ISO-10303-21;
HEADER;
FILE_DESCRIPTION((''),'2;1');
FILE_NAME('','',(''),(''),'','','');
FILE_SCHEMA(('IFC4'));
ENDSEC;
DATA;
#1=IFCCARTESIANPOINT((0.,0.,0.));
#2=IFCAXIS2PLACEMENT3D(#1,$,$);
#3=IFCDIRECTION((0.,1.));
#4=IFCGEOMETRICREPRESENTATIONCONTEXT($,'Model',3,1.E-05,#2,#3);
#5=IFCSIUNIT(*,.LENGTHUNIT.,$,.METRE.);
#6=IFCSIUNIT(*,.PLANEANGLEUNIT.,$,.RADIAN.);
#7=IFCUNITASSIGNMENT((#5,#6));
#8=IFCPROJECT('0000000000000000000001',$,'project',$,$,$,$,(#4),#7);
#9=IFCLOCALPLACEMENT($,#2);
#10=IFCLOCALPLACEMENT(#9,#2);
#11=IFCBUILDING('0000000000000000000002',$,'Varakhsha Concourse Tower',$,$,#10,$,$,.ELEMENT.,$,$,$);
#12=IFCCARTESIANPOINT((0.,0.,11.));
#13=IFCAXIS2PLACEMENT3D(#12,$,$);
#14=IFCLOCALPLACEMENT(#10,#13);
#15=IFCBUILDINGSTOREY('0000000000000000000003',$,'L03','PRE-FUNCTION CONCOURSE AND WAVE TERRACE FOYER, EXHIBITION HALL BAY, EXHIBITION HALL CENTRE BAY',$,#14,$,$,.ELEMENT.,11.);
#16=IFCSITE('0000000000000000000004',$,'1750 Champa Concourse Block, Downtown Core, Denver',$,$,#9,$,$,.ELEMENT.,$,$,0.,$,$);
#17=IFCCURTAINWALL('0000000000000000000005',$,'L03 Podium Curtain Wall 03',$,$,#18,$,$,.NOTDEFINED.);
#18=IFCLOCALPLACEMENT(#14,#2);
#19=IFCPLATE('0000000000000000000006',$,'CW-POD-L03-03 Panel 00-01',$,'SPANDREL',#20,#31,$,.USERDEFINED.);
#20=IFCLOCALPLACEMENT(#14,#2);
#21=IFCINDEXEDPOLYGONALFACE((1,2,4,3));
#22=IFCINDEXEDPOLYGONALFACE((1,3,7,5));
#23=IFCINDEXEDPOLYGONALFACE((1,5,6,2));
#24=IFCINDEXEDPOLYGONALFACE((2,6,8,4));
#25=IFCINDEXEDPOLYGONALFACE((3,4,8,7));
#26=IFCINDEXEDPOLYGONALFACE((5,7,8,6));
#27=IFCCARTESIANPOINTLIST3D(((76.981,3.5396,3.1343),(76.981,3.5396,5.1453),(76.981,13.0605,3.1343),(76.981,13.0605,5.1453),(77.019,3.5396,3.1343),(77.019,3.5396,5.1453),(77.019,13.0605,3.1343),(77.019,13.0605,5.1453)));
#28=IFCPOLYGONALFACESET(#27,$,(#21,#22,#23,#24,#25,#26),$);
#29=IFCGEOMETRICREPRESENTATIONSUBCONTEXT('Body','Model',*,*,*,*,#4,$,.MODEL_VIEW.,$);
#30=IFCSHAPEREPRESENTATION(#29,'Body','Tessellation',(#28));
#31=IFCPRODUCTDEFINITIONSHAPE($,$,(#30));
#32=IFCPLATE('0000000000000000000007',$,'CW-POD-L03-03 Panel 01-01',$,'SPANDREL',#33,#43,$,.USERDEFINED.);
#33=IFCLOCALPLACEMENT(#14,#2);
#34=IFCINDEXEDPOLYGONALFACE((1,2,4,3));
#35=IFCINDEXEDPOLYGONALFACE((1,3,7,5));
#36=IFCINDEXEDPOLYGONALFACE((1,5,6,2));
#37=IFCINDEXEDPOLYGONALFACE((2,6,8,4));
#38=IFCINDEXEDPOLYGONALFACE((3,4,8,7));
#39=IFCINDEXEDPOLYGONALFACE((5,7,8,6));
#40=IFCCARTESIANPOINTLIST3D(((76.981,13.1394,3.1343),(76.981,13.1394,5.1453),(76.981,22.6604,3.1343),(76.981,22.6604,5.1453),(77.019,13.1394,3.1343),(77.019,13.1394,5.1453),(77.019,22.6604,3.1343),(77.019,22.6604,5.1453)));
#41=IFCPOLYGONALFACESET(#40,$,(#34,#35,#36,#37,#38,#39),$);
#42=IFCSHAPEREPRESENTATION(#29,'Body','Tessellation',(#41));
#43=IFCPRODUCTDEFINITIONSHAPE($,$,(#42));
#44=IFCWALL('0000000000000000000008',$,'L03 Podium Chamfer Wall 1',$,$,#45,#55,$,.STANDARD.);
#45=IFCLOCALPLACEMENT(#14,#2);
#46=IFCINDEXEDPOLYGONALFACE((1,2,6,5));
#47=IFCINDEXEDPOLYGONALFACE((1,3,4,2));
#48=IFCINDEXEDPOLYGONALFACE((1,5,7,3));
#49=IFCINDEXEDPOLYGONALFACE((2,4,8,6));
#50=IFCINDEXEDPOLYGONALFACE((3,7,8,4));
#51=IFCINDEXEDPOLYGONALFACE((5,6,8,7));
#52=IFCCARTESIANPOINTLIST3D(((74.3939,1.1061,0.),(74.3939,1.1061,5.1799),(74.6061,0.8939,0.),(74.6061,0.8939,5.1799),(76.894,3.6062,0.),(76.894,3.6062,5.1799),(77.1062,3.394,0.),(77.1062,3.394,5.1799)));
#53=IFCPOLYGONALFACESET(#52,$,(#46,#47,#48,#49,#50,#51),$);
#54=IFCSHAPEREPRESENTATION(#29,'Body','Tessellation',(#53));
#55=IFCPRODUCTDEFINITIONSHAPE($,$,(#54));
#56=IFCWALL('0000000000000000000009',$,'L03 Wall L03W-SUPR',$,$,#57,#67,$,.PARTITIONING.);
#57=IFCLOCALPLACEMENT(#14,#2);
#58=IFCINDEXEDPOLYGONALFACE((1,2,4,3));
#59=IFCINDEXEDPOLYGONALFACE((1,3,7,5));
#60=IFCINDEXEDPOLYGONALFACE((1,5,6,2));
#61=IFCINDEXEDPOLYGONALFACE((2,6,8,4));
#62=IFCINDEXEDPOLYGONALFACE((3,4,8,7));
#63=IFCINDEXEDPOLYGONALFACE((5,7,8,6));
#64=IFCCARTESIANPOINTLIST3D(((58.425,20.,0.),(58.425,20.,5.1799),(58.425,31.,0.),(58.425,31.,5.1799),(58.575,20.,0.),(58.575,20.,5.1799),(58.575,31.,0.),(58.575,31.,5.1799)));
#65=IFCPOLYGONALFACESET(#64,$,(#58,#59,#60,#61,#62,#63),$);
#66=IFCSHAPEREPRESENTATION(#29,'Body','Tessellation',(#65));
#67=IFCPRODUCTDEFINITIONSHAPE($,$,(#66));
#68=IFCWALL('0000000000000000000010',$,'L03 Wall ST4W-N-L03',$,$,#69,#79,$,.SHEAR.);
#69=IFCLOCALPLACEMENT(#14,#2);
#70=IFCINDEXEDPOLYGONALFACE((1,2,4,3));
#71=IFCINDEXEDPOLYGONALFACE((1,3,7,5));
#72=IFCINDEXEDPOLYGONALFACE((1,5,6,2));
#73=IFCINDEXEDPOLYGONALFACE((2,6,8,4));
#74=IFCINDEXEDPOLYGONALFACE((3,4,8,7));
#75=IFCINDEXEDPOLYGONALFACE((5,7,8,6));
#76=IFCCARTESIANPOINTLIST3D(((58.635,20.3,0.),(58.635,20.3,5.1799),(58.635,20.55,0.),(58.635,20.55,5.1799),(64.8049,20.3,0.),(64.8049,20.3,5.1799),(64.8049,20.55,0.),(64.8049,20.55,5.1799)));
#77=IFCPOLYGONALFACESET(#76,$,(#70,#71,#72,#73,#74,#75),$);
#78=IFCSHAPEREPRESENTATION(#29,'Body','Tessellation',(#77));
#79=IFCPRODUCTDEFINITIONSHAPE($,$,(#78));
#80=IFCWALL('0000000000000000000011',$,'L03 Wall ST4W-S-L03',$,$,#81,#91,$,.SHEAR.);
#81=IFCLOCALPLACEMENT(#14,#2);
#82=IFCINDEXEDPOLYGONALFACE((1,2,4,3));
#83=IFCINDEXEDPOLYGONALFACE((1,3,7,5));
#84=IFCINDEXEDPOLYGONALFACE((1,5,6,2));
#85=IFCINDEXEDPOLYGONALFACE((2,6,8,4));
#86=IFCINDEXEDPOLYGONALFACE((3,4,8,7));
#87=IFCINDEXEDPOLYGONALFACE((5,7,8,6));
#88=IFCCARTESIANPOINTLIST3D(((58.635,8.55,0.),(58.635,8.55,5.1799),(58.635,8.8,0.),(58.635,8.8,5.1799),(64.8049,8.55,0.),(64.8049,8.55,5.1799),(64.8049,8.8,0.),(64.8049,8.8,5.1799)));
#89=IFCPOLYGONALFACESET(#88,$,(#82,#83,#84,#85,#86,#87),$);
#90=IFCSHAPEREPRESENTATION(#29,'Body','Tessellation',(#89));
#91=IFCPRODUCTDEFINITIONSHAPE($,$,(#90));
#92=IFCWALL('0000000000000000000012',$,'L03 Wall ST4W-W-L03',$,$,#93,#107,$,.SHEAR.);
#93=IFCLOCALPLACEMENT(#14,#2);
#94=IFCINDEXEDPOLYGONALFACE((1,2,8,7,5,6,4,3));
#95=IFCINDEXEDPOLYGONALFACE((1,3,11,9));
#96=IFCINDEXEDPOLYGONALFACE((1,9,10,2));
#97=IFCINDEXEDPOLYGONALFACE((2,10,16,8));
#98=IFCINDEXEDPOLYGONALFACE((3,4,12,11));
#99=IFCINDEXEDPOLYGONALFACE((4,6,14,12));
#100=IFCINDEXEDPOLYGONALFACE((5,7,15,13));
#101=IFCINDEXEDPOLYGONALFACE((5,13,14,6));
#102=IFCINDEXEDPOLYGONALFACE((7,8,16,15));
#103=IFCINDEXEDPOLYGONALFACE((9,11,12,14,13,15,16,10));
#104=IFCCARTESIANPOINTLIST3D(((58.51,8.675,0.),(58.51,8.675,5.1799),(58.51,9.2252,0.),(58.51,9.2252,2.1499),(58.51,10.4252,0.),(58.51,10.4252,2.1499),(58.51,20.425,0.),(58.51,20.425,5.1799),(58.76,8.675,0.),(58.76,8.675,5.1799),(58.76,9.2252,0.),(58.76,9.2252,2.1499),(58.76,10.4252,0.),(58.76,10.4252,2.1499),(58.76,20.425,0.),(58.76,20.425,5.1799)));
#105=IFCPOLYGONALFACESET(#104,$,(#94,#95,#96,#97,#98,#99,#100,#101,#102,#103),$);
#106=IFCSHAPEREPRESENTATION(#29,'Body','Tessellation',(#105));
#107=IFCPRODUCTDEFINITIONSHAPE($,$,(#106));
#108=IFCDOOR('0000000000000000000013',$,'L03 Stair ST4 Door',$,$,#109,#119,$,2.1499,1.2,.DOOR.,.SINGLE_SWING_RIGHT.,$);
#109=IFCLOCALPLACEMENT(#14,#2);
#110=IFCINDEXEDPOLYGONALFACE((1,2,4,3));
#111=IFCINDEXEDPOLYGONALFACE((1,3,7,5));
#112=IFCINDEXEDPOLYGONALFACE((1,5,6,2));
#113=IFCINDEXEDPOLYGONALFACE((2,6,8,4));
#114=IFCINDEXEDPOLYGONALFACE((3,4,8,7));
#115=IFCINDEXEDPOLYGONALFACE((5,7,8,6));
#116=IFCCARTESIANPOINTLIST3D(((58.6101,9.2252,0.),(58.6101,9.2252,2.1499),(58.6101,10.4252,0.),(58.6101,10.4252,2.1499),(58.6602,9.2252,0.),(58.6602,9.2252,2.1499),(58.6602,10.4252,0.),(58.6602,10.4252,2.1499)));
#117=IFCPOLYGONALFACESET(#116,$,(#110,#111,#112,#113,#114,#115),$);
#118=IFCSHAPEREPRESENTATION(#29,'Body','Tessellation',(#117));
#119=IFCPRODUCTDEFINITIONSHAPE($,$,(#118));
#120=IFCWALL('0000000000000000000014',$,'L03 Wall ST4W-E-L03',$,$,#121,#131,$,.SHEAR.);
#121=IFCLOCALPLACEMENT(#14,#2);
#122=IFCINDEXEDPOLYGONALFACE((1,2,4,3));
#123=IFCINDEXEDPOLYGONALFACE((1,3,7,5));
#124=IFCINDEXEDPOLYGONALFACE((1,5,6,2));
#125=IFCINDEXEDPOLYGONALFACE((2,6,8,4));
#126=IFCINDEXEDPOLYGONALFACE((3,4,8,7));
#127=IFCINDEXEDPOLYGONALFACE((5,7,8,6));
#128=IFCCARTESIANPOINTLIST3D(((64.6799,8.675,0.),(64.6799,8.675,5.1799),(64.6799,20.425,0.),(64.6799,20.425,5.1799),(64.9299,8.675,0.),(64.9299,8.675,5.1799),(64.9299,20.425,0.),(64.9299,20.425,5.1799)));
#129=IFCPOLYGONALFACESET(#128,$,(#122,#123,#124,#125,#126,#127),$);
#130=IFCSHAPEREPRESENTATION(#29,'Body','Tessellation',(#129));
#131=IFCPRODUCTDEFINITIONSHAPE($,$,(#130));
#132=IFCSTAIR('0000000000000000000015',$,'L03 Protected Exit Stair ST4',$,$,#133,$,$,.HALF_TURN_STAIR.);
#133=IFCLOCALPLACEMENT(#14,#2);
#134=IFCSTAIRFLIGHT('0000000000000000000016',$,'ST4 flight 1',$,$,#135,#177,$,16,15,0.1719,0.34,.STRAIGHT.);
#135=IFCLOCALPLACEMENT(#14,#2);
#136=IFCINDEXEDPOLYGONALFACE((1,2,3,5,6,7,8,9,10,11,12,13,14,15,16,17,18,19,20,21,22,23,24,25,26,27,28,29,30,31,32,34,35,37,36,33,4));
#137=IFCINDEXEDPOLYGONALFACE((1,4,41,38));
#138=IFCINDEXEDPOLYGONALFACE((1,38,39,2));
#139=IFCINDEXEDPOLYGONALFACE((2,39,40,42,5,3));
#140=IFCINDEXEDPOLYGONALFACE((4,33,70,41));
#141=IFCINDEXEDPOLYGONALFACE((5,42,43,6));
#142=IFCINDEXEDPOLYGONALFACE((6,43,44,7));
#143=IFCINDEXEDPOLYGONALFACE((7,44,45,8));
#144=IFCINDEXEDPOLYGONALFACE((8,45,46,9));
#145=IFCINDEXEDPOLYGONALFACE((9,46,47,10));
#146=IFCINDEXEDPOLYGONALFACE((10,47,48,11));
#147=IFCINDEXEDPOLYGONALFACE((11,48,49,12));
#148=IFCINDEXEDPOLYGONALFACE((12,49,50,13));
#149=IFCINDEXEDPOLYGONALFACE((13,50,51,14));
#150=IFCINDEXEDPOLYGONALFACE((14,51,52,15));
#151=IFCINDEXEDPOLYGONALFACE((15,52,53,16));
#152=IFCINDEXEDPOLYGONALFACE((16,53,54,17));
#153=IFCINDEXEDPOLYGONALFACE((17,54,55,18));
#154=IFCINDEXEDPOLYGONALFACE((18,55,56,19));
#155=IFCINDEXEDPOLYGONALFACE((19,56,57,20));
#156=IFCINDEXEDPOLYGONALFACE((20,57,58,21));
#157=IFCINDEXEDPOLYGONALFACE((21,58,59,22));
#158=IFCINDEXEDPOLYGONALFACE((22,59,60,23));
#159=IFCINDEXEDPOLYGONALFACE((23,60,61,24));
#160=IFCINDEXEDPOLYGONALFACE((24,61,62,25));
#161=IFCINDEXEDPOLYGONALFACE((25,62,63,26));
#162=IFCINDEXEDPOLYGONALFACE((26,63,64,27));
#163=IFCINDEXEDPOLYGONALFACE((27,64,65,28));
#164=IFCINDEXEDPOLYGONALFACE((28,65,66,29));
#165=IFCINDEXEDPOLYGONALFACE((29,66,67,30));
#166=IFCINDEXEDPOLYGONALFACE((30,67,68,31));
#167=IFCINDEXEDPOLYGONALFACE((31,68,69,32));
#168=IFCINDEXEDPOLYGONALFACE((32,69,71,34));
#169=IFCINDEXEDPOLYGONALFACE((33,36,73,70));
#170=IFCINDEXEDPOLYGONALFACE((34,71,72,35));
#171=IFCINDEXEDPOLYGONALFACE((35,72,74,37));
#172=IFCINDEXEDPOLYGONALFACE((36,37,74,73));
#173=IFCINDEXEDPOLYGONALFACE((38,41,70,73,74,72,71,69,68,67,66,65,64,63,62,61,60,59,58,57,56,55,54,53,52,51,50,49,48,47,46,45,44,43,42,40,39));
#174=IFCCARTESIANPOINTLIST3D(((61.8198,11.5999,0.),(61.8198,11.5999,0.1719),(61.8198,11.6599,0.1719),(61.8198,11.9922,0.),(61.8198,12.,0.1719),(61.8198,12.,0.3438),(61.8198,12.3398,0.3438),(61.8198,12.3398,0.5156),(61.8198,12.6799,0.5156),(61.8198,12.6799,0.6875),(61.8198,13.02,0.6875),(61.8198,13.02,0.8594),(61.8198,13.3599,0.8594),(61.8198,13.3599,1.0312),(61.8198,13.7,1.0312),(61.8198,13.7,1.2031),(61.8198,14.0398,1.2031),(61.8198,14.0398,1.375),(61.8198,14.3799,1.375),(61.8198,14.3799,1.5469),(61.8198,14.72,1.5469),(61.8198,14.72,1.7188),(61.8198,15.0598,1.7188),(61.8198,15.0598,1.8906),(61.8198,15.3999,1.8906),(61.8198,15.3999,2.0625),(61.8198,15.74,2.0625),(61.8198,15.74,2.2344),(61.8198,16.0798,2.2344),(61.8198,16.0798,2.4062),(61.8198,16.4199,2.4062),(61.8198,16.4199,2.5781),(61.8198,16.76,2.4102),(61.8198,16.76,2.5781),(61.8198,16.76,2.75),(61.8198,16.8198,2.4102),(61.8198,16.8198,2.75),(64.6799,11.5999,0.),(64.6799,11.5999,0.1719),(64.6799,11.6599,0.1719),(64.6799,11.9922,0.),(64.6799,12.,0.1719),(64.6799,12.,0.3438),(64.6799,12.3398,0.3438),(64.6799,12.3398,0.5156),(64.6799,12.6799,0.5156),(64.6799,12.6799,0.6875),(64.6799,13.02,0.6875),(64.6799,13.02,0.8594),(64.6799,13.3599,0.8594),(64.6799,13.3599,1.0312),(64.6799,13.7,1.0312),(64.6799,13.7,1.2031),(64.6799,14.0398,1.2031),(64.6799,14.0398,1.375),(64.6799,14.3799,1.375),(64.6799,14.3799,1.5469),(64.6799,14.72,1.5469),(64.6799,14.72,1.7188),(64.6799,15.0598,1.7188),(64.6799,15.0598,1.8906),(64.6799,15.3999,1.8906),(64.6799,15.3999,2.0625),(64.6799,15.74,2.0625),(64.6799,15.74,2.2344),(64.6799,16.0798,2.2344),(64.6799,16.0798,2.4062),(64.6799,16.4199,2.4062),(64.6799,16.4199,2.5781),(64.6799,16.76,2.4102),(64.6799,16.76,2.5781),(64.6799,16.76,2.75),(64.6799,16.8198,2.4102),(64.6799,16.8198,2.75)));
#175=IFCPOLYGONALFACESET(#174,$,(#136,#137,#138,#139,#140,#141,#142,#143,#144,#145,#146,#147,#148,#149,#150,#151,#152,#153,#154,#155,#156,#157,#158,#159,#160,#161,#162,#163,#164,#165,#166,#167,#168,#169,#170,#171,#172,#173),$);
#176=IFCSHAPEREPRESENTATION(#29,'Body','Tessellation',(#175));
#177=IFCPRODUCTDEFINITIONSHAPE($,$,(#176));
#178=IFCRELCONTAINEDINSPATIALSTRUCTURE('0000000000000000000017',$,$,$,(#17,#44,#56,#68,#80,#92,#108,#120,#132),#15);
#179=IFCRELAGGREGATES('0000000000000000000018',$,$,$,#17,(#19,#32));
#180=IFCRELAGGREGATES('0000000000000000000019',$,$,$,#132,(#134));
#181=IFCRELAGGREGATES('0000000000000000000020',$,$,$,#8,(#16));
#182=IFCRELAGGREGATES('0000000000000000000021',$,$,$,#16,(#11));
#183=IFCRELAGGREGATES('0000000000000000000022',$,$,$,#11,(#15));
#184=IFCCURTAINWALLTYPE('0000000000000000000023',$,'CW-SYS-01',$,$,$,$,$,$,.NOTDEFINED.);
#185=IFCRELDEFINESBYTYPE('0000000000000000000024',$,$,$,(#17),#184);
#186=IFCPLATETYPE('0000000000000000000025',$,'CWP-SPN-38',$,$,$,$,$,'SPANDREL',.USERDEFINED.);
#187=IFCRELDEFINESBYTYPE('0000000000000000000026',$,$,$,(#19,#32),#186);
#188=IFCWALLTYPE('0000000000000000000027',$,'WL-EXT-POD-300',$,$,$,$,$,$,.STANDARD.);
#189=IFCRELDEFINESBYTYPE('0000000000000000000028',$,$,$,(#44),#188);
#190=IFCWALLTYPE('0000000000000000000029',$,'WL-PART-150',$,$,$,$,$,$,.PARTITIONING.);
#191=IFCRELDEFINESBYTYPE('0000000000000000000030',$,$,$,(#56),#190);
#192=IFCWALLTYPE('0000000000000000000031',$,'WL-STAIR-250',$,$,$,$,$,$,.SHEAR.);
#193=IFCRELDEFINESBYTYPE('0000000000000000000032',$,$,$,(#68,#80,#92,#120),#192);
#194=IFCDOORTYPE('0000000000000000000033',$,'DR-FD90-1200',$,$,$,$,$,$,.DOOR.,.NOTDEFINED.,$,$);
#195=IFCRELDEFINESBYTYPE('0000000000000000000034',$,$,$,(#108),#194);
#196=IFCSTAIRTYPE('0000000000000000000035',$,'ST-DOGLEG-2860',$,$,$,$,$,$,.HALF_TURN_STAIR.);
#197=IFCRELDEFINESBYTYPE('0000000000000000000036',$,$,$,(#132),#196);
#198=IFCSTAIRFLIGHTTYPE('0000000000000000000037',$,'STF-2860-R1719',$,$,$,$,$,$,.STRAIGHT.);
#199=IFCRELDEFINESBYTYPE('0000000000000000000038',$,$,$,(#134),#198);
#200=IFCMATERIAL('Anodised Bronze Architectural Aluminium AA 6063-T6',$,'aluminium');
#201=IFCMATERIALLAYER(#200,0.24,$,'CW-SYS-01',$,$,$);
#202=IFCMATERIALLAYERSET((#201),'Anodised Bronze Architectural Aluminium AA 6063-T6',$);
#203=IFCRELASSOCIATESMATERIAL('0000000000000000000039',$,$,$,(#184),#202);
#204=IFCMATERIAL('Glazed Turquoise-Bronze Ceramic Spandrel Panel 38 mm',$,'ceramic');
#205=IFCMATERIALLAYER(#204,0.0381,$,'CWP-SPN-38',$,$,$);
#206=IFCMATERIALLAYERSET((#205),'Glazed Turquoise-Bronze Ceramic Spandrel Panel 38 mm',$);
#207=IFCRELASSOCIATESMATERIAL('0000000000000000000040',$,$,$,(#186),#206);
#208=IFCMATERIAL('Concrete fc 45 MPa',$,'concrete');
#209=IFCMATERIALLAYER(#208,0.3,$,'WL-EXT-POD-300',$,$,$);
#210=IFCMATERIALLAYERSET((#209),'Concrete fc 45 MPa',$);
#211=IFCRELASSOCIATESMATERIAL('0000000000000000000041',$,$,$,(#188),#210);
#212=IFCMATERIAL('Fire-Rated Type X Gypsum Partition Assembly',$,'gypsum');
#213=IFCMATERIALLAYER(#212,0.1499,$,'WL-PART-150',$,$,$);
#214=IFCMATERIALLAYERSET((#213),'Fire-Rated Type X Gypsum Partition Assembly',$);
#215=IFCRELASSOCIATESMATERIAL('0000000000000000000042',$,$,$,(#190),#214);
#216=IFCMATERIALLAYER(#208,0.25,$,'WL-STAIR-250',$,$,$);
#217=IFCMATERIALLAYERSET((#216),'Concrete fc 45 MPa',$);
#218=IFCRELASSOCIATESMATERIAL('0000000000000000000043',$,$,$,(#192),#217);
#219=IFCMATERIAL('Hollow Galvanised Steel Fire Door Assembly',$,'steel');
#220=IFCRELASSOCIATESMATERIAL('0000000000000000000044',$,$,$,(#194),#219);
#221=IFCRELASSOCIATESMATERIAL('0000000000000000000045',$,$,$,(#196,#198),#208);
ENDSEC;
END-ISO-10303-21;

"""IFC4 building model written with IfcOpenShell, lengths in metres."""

from ifc_helpers import new_model, si_unit, direction, frame, frame_2d, origin, origin_2d, place, context, subcontext, project, spatial, polyline, rectangle, outline, extrude, source, transform, mapped, material, layer, layer_set, type_object, type_shapes, element, fill, aggregate, save


model = new_model("IFC4")

# Units and contexts
model_context = context("Model", 3, precision=1e-05, world=origin(), true_north=direction((0.0, 1.0)))
body_context = subcontext(model_context, "Body", "Model", "MODEL_VIEW")
ifc_project = project(units=[si_unit("LENGTHUNIT", "METRE"), si_unit("PLANEANGLEUNIT", "RADIAN")], contexts=[model_context])

# Site, building, storey
site_placement = place(None, origin())
site = spatial("IfcSite", under=ifc_project, at=site_placement, Name="1750 Champa Concourse Block, Downtown Core, Denver", CompositionType="ELEMENT", RefElevation=0.0)
building_placement = place(site_placement, origin())
building = spatial("IfcBuilding", under=site, at=building_placement, Name="Varakhsha Concourse Tower", CompositionType="ELEMENT")
storey_placement = place(building_placement, frame((0.0, 0.0, 11.0)))
storey = spatial("IfcBuildingStorey", under=building, at=storey_placement, Name="L03", Description="PRE-FUNCTION CONCOURSE AND WAVE TERRACE FOYER, EXHIBITION HALL BAY, EXHIBITION HALL CENTRE BAY", CompositionType="ELEMENT", Elevation=11.0)

# Curtain wall, plates
ifc_material_1 = material(Name="Anodised Bronze Architectural Aluminium AA 6063-T6", Category="aluminium")
ifc_layer_1 = layer(ifc_material_1, 0.24, Name="CW-SYS-01")
ifc_layer_set_1 = layer_set([ifc_layer_1], Name="Anodised Bronze Architectural Aluminium AA 6063-T6")
curtain_wall_type = type_object("IfcCurtainWallType", Name="CW-SYS-01", PredefinedType="NOTDEFINED", material=ifc_layer_set_1)
curtain_wall_placement = place(storey_placement, origin())
curtain_wall = element("IfcCurtainWall", 1, at=curtain_wall_placement, inside=storey, type_object=curtain_wall_type, Name="L03 Podium Curtain Wall 03", PredefinedType="NOTDEFINED")
ifc_material_2 = material(Name="Glazed Turquoise-Bronze Ceramic Spandrel Panel 38 mm", Category="ceramic")
ifc_layer_2 = layer(ifc_material_2, 0.0381, Name="CWP-SPN-38")
ifc_layer_set_2 = layer_set([ifc_layer_2], Name="Glazed Turquoise-Bronze Ceramic Spandrel Panel 38 mm")
plate_type_1 = type_object("IfcPlateType", Name="CWP-SPN-38", ElementType="SPANDREL", PredefinedType="USERDEFINED", material=ifc_layer_set_2)
shared_shape_1 = source(origin(), body_context, "Body", "SweptSolid", [
    extrude(rectangle(XDim=9.521, YDim=0.0381, at=origin_2d()), origin(), (0.0, 0.0, 1.0), 2.011),
])
type_shapes(plate_type_1, [shared_shape_1])
plate_1_placement = place(storey_placement, frame((77.0, 8.3, 3.1343), z_axis=(0.0, 0.0, 1.0), x_axis=(0.0, 1.0, 0.0)))
plate_1 = element("IfcPlate", 2, at=plate_1_placement, type_object=plate_type_1, Name="CW-POD-L03-03 Panel 00-01", ObjectType="SPANDREL", PredefinedType="USERDEFINED", context=body_context, shape_type="MappedRepresentation", body=[
    mapped(shared_shape_1, transform((0.0, 0.0, 0.0), scale=1.0)),
])
plate_2_placement = place(storey_placement, frame((77.0, 17.8999, 3.1343), z_axis=(0.0, 0.0, 1.0), x_axis=(0.0, 1.0, 0.0)))
plate_2 = element("IfcPlate", 3, at=plate_2_placement, type_object=plate_type_1, Name="CW-POD-L03-03 Panel 01-01", ObjectType="SPANDREL", PredefinedType="USERDEFINED", context=body_context, shape_type="MappedRepresentation", body=[
    mapped(shared_shape_1, transform((0.0, 0.0, 0.0), scale=1.0)),
])
aggregate(curtain_wall, [plate_1, plate_2])

# Walls
ifc_material_3 = material(Name="Concrete fc 45 MPa", Category="concrete")
ifc_layer_3 = layer(ifc_material_3, 0.3, Name="WL-EXT-POD-300")
ifc_layer_set_3 = layer_set([ifc_layer_3], Name="Concrete fc 45 MPa")
wall_type_1 = type_object("IfcWallType", Name="WL-EXT-POD-300", PredefinedType="STANDARD", material=ifc_layer_set_3)
wall_1_placement = place(storey_placement, frame((74.5, 1.0, 0.0), z_axis=(0.0, 0.0, 1.0), x_axis=(0.707107, 0.707107, 0.0)))
element("IfcWall", 4, at=wall_1_placement, inside=storey, type_object=wall_type_1, Name="L03 Podium Chamfer Wall 1", PredefinedType="STANDARD", context=body_context, shape_type="SweptSolid", body=[
    extrude(rectangle(XDim=3.5356, YDim=0.3, at=frame_2d((1.7678, 0.0))), origin(), (0.0, 0.0, 1.0), 5.1799),
])
ifc_material_4 = material(Name="Fire-Rated Type X Gypsum Partition Assembly", Category="gypsum")
ifc_layer_4 = layer(ifc_material_4, 0.1499, Name="WL-PART-150")
ifc_layer_set_4 = layer_set([ifc_layer_4], Name="Fire-Rated Type X Gypsum Partition Assembly")
wall_type_2 = type_object("IfcWallType", Name="WL-PART-150", PredefinedType="PARTITIONING", material=ifc_layer_set_4)
wall_2_placement = place(storey_placement, frame((58.5, 20.0, 0.0), z_axis=(0.0, 0.0, 1.0), x_axis=(0.0, 1.0, 0.0)))
element("IfcWall", 5, at=wall_2_placement, inside=storey, type_object=wall_type_2, Name="L03 Wall L03W-SUPR", PredefinedType="PARTITIONING", context=body_context, shape_type="SweptSolid", body=[
    extrude(rectangle(XDim=11.0, YDim=0.1499, at=frame_2d((5.5, 0.0))), origin(), (0.0, 0.0, 1.0), 5.1799),
])
ifc_layer_5 = layer(ifc_material_3, 0.25, Name="WL-STAIR-250")
ifc_layer_set_5 = layer_set([ifc_layer_5], Name="Concrete fc 45 MPa")
wall_type_3 = type_object("IfcWallType", Name="WL-STAIR-250", PredefinedType="SHEAR", material=ifc_layer_set_5)
for number, where, z_axis, x_axis, name in (
    (6, (58.635, 20.425, 0.0), (0.0, 0.0, 1.0), (1.0, 0.0, 0.0), "L03 Wall ST4W-N-L03"),
    (7, (58.635, 8.675, 0.0), (0.0, 0.0, 1.0), (1.0, 0.0, 0.0), "L03 Wall ST4W-S-L03"),
):
    element("IfcWall", number, at=place(storey_placement, frame(where, z_axis=z_axis, x_axis=x_axis)), inside=storey, type_object=wall_type_3, Name=name, PredefinedType="SHEAR", context=body_context, shape_type="SweptSolid", body=[
        extrude(rectangle(XDim=6.1699, YDim=0.25, at=frame_2d((3.085, 0.0))), origin(), (0.0, 0.0, 1.0), 5.1799),
    ])

# Wall, opening, door
wall_3_placement = place(storey_placement, frame((58.635, 8.675, 0.0), z_axis=(0.0, 0.0, 1.0), x_axis=(0.0, 1.0, 0.0)))
wall_3 = element("IfcWall", 8, at=wall_3_placement, inside=storey, type_object=wall_type_3, Name="L03 Wall ST4W-W-L03", PredefinedType="SHEAR", context=body_context, shape_type="SweptSolid", body=[
    extrude(rectangle(XDim=11.75, YDim=0.25, at=frame_2d((5.875, 0.0))), origin(), (0.0, 0.0, 1.0), 5.1799),
])
opening_placement = place(wall_3_placement, frame((0.55, 0.0, 0.0)))
opening = element("IfcOpeningElement", 9, at=opening_placement, cuts=wall_3, PredefinedType="OPENING", context=body_context, shape_type="SweptSolid", body=[
    extrude(rectangle(XDim=1.2, YDim=2.1499, at=frame_2d((0.6001, 1.075))), frame((0.0, 0.135, 0.0), z_axis=(0.0, -1.0, 0.0), x_axis=(1.0, 0.0, 0.0)), (0.0, 0.0, 1.0), 0.27),
])
ifc_material_5 = material(Name="Hollow Galvanised Steel Fire Door Assembly", Category="steel")
door_type = type_object("IfcDoorType", Name="DR-FD90-1200", OperationType="NOTDEFINED", PredefinedType="DOOR", material=ifc_material_5)
door_placement = place(opening_placement, origin())
door = element("IfcDoor", 10, at=door_placement, inside=storey, type_object=door_type, Name="L03 Stair ST4 Door", OperationType="SINGLE_SWING_RIGHT", OverallHeight=2.1499, OverallWidth=1.2, PredefinedType="DOOR", context=body_context, shape_type="SweptSolid", body=[
    extrude(rectangle(XDim=1.2, YDim=2.1499, at=frame_2d((0.6001, 1.075))), frame((0.0, 0.0249, 0.0), z_axis=(0.0, -1.0, 0.0), x_axis=(1.0, 0.0, 0.0)), (0.0, 0.0, 1.0), 0.05),
])
fill(opening, door)

# Wall
wall_4_placement = place(storey_placement, frame((64.8049, 8.675, 0.0), z_axis=(0.0, 0.0, 1.0), x_axis=(0.0, 1.0, 0.0)))
element("IfcWall", 11, at=wall_4_placement, inside=storey, type_object=wall_type_3, Name="L03 Wall ST4W-E-L03", PredefinedType="SHEAR", context=body_context, shape_type="SweptSolid", body=[
    extrude(rectangle(XDim=11.75, YDim=0.25, at=frame_2d((5.875, 0.0))), origin(), (0.0, 0.0, 1.0), 5.1799),
])

# Stair, stair flight
stair_type = type_object("IfcStairType", Name="ST-DOGLEG-2860", PredefinedType="HALF_TURN_STAIR", material=ifc_material_3)
stair_placement = place(storey_placement, origin())
stair = element("IfcStair", 12, at=stair_placement, inside=storey, type_object=stair_type, Name="L03 Protected Exit Stair ST4", PredefinedType="HALF_TURN_STAIR")
stair_flight_type = type_object("IfcStairFlightType", Name="STF-2860-R1719", PredefinedType="STRAIGHT", material=ifc_material_3)
stair_flight_1_placement = place(storey_placement, frame((63.25, 11.6599, 0.0), z_axis=(0.0, 0.0, 1.0), x_axis=(0.0, 1.0, 0.0)))
stair_flight_1 = element("IfcStairFlight", 13, at=stair_flight_1_placement, type_object=stair_flight_type, Name="ST4 flight 1", NumberOfRisers=16, NumberOfTreads=15, PredefinedType="STRAIGHT", RiserHeight=0.1719, TreadLength=0.34, context=body_context, shape_type="SweptSolid", body=[
    extrude(outline(polyline([(-0.0601, 0.0), (-0.0601, 0.1719), (0.0, 0.1719), (0.3401, 0.1719), (0.3401, 0.3438), (0.6799, 0.3438), (0.6799, 0.5156), (1.02, 0.5156), (1.02, 0.6875), (1.3601, 0.6875), (1.3601, 0.8594), (1.7, 0.8594), (1.7, 1.0312), (2.04, 1.0312), (2.04, 1.2031), (2.3799, 1.2031), (2.3799, 1.375), (2.72, 1.375), (2.72, 1.5469), (3.0601, 1.5469), (3.0601, 1.7188), (3.3999, 1.7188), (3.3999, 1.8906), (3.74, 1.8906), (3.74, 2.0625), (4.0801, 2.0625), (4.0801, 2.2344), (4.4199, 2.2344), (4.4199, 2.4062), (4.76, 2.4062), (4.76, 2.5781), (5.1001, 2.5781), (5.1001, 2.75), (5.1599, 2.75), (5.1599, 2.4102), (5.1001, 2.4102), (0.3323, 0.0), (-0.0601, 0.0)])), frame((0.0, 1.4302, 0.0), z_axis=(0.0, -1.0, 0.0), x_axis=(1.0, 0.0, 0.0)), (0.0, 0.0, 1.0), 2.8601),
])
aggregate(stair, [stair_flight_1])

save(model, "model.ifc")
